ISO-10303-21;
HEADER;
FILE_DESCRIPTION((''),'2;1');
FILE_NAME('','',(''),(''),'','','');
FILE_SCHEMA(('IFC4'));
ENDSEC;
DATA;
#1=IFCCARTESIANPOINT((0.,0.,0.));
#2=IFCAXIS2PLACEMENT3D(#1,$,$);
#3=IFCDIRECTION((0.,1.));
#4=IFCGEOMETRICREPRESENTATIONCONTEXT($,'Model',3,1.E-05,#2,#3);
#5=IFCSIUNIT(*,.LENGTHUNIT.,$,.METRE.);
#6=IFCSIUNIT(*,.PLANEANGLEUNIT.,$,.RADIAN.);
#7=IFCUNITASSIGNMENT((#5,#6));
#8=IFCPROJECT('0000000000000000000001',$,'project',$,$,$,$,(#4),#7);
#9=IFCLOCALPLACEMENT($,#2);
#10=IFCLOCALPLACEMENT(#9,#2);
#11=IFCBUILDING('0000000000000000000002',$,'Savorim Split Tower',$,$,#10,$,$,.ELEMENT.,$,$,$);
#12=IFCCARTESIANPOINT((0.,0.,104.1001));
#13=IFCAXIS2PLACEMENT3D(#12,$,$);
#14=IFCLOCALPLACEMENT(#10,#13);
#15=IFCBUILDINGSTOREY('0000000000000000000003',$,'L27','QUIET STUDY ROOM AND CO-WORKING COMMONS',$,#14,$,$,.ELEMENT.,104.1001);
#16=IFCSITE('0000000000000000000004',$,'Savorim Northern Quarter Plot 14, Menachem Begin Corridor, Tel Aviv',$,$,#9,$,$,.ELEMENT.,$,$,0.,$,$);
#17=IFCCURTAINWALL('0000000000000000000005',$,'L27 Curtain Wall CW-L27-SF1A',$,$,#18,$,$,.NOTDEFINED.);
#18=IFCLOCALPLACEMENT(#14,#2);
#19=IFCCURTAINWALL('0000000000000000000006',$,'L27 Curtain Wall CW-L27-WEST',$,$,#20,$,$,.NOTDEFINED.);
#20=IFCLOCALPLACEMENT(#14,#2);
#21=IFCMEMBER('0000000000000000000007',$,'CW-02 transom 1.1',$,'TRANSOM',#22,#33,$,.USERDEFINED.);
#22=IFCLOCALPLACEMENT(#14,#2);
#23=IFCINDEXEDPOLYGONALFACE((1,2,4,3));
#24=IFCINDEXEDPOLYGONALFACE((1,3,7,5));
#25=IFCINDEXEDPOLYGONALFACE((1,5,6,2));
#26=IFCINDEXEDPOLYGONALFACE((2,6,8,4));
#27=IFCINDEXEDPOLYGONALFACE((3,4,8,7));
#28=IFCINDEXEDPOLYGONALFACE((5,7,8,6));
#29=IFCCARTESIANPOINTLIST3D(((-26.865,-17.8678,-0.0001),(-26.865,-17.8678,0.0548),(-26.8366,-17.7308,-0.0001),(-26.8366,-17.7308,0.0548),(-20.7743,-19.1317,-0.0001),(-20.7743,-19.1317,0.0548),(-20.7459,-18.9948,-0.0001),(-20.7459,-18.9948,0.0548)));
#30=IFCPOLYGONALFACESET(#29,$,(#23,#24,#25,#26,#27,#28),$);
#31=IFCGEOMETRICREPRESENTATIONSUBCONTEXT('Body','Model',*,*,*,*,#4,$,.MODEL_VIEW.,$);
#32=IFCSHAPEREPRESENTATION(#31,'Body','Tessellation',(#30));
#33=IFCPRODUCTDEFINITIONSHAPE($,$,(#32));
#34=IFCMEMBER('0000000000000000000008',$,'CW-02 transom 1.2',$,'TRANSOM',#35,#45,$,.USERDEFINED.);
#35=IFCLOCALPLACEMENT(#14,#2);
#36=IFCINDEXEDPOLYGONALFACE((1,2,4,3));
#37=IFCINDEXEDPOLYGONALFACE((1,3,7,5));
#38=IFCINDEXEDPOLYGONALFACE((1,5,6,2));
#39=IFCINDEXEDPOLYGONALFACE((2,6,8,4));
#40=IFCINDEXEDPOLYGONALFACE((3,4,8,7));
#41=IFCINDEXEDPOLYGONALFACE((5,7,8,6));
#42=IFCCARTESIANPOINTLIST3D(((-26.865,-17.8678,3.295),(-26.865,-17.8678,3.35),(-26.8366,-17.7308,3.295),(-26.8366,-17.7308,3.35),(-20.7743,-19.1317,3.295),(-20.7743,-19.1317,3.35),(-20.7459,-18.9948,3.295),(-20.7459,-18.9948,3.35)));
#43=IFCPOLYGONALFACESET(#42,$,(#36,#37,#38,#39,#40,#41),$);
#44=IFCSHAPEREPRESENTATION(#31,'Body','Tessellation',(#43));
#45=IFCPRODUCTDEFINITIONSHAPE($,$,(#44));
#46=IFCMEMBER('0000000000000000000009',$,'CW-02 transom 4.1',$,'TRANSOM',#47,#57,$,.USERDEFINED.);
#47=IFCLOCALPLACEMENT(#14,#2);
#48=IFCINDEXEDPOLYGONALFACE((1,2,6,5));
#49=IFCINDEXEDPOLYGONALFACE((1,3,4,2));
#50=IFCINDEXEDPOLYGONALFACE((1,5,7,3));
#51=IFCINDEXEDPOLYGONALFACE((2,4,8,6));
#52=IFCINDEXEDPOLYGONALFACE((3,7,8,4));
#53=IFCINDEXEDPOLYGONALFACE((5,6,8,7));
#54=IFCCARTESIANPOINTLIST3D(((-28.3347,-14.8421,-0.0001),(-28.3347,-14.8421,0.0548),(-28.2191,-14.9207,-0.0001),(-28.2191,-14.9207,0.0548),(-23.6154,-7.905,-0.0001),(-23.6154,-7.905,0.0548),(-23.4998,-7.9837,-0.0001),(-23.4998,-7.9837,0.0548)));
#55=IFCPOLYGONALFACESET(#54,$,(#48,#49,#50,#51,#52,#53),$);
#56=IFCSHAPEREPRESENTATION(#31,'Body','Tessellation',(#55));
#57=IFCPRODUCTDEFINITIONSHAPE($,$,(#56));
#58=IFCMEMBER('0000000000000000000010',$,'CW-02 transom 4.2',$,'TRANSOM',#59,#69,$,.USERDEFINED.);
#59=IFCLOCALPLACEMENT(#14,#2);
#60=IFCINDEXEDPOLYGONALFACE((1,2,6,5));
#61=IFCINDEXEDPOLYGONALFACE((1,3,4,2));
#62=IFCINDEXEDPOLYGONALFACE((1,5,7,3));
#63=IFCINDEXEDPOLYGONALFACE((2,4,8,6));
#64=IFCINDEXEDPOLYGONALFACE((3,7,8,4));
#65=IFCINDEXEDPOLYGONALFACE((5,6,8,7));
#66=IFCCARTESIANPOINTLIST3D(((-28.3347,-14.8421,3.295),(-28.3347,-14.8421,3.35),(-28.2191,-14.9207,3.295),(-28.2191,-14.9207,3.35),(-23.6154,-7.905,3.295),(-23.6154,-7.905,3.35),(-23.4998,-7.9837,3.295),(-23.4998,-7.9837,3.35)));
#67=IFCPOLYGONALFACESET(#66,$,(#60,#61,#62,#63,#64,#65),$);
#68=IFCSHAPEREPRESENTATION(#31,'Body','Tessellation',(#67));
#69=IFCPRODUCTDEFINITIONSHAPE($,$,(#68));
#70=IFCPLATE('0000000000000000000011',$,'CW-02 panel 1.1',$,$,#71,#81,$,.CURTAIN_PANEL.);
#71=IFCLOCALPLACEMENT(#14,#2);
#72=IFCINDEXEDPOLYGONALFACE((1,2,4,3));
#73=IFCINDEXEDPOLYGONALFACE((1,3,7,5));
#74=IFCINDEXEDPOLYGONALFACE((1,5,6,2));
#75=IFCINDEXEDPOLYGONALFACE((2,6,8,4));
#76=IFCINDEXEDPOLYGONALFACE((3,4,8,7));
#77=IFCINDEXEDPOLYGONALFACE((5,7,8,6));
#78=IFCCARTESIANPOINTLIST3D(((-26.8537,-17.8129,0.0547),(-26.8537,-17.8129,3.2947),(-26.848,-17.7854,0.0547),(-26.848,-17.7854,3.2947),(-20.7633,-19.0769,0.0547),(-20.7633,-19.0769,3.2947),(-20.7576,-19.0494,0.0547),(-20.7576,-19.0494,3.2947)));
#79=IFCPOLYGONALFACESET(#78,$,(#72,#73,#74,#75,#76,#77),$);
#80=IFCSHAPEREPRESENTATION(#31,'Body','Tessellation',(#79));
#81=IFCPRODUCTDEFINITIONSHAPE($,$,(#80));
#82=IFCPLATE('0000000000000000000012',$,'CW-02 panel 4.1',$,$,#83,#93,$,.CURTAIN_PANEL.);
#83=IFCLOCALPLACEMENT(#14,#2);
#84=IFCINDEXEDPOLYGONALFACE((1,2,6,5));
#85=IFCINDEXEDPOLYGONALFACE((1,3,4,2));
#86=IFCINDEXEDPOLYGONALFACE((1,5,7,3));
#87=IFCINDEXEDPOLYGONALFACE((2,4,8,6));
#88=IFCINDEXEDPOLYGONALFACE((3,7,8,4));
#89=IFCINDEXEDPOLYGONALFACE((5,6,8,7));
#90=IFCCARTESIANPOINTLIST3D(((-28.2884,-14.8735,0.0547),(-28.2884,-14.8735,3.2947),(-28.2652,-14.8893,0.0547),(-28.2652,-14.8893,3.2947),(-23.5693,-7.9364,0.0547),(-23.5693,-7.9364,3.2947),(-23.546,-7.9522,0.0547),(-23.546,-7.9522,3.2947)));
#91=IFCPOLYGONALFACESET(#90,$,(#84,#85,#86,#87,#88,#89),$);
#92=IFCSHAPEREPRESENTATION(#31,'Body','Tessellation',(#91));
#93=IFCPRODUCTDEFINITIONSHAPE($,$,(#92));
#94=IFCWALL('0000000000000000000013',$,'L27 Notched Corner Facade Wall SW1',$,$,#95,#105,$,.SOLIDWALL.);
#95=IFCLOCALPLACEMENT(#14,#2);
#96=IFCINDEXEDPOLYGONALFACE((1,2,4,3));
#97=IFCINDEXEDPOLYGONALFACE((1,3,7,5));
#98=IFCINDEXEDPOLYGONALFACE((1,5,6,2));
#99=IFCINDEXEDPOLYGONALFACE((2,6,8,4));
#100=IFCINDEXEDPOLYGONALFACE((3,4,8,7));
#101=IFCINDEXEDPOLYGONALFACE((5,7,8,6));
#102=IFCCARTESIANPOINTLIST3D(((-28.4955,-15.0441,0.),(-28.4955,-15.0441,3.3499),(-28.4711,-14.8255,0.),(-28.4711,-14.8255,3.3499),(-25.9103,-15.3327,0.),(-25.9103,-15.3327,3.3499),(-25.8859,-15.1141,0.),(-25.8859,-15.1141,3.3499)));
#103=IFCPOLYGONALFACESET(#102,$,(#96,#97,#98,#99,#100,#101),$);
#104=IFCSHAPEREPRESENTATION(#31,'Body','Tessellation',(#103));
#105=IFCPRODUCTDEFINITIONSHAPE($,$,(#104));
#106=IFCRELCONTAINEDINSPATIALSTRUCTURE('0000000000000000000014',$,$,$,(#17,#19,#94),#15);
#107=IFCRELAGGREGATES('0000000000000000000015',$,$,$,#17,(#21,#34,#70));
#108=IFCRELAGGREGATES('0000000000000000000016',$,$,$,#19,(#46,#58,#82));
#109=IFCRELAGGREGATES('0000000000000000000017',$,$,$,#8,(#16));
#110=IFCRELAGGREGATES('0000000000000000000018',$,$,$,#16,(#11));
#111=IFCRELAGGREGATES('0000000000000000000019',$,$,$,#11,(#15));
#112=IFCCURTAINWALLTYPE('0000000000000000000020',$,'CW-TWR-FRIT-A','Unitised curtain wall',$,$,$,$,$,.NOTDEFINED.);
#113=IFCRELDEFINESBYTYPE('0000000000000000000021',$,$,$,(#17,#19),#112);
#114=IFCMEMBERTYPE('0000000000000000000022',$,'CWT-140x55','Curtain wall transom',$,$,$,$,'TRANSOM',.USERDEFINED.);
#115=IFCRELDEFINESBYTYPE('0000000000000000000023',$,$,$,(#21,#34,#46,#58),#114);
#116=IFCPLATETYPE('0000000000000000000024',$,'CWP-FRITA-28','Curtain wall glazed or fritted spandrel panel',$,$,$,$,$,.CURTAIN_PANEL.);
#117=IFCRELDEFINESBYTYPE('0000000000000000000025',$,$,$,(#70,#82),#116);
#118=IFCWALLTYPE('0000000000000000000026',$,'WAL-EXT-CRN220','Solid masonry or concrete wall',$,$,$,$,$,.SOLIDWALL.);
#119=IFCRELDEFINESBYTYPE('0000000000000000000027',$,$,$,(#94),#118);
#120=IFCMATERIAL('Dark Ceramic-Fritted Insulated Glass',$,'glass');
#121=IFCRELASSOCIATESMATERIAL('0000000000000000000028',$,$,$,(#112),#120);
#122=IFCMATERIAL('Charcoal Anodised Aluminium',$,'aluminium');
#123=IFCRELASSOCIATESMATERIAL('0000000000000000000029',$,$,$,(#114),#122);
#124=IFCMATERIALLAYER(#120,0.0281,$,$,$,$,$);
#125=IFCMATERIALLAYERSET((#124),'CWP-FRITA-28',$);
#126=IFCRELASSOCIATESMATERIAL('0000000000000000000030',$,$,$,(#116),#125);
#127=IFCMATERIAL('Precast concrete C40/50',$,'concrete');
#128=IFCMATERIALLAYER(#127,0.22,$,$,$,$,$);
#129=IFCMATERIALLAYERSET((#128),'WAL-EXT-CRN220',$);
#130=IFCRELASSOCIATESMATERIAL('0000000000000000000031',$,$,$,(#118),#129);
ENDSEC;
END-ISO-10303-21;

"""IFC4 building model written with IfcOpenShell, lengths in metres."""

from ifc_helpers import new_model, si_unit, direction, frame, frame_2d, origin, origin_2d, place, context, subcontext, project, spatial, rectangle, extrude, material, layer, layer_set, material_profile, profile_set, type_object, element, aggregate, save


model = new_model("IFC4")

# Units and contexts
model_context = context("Model", 3, precision=1e-05, world=origin(), true_north=direction((0.0, 1.0)))
body_context = subcontext(model_context, "Body", "Model", "MODEL_VIEW")
ifc_project = project(units=[si_unit("LENGTHUNIT", "METRE"), si_unit("PLANEANGLEUNIT", "RADIAN")], contexts=[model_context])

# Site, building, storey
site_placement = place(None, origin())
site = spatial("IfcSite", under=ifc_project, at=site_placement, Name="Savorim Northern Quarter Plot 14, Menachem Begin Corridor, Tel Aviv", CompositionType="ELEMENT", RefElevation=0.0)
building_placement = place(site_placement, origin())
building = spatial("IfcBuilding", under=site, at=building_placement, Name="Savorim Split Tower", CompositionType="ELEMENT")
storey_placement = place(building_placement, frame((0.0, 0.0, 104.1001)))
storey = spatial("IfcBuildingStorey", under=building, at=storey_placement, Name="L27", Description="QUIET STUDY ROOM AND CO-WORKING COMMONS", CompositionType="ELEMENT", Elevation=104.1001)

# Curtain walls
ifc_material_1 = material(Name="Dark Ceramic-Fritted Insulated Glass", Category="glass")
curtain_wall_type_1 = type_object("IfcCurtainWallType", Name="CW-TWR-FRIT-A", Description="Unitised curtain wall", PredefinedType="NOTDEFINED", material=ifc_material_1)
curtain_wall_1_placement = place(storey_placement, origin())
curtain_wall_1 = element("IfcCurtainWall", 1, at=curtain_wall_1_placement, inside=storey, type_object=curtain_wall_type_1, Name="L27 Curtain Wall CW-L27-SF1A", PredefinedType="NOTDEFINED")
ifc_material_2 = material(Name="Charcoal Anodised Aluminium", Category="aluminium")
curtain_wall_2_placement = place(storey_placement, origin())
curtain_wall_2 = element("IfcCurtainWall", 2, at=curtain_wall_2_placement, inside=storey, type_object=curtain_wall_type_1, Name="L27 Curtain Wall CW-L27-WEST", PredefinedType="NOTDEFINED")

# Members
ifc_material_profile_1 = material_profile(ifc_material_2, rectangle(XDim=0.1399, YDim=0.0549, at=origin_2d()), Name="ALU-T 140x55")
ifc_profile_set_1 = profile_set([ifc_material_profile_1], Name="Charcoal Anodised Aluminium")
member_type_1 = type_object("IfcMemberType", Name="CWT-140x55", Description="Curtain wall transom", ElementType="TRANSOM", PredefinedType="USERDEFINED", material=ifc_profile_set_1)
member_1_placement = place(storey_placement, frame((-26.8508, -17.7993, 0.0273), z_axis=(0.979139, -0.203191, 0.0), x_axis=(0.203191, 0.979139, 0.0)))
member_1 = element("IfcMember", 3, at=member_1_placement, type_object=member_type_1, Name="CW-02 transom 1.1", ObjectType="TRANSOM", PredefinedType="USERDEFINED", context=body_context, shape_type="SweptSolid", body=[
    extrude(rectangle(XDim=0.1399, YDim=0.0549, at=origin_2d()), origin(), (0.0, 0.0, 1.0), 6.2205),
])
member_2_placement = place(storey_placement, frame((-26.8508, -17.7993, 3.3225), z_axis=(0.979139, -0.203191, 0.0), x_axis=(0.203191, 0.979139, 0.0)))
member_2 = element("IfcMember", 4, at=member_2_placement, type_object=member_type_1, Name="CW-02 transom 1.2", ObjectType="TRANSOM", PredefinedType="USERDEFINED", context=body_context, shape_type="SweptSolid", body=[
    extrude(rectangle(XDim=0.1399, YDim=0.0549, at=origin_2d()), origin(), (0.0, 0.0, 1.0), 6.2205),
])
member_3_placement = place(storey_placement, frame((-23.5576, -7.9443, 0.0273), z_axis=(-0.562479, -0.826812, 0.0), x_axis=(0.826812, -0.562479, 0.0)))
member_3 = element("IfcMember", 5, at=member_3_placement, type_object=member_type_1, Name="CW-02 transom 4.1", ObjectType="TRANSOM", PredefinedType="USERDEFINED", context=body_context, shape_type="SweptSolid", body=[
    extrude(rectangle(XDim=0.1399, YDim=0.0549, at=origin_2d()), origin(), (0.0, 0.0, 1.0), 8.3901),
])
member_4_placement = place(storey_placement, frame((-23.5576, -7.9443, 3.3225), z_axis=(-0.562479, -0.826812, 0.0), x_axis=(0.826812, -0.562479, 0.0)))
member_4 = element("IfcMember", 6, at=member_4_placement, type_object=member_type_1, Name="CW-02 transom 4.2", ObjectType="TRANSOM", PredefinedType="USERDEFINED", context=body_context, shape_type="SweptSolid", body=[
    extrude(rectangle(XDim=0.1399, YDim=0.0549, at=origin_2d()), origin(), (0.0, 0.0, 1.0), 8.3901),
])

# Plates
ifc_layer_1 = layer(ifc_material_1, 0.0281)
ifc_layer_set_1 = layer_set([ifc_layer_1], Name="CWP-FRITA-28")
plate_type = type_object("IfcPlateType", Name="CWP-FRITA-28", Description="Curtain wall glazed or fritted spandrel panel", PredefinedType="CURTAIN_PANEL", material=ifc_layer_set_1)
plate_1_placement = place(storey_placement, frame((-23.8057, -18.4312, 0.0547), z_axis=(0.0, 0.0, 1.0), x_axis=(0.979133, -0.203218, 0.0)))
plate_1 = element("IfcPlate", 7, at=plate_1_placement, type_object=plate_type, Name="CW-02 panel 1.1", PredefinedType="CURTAIN_PANEL", context=body_context, shape_type="SweptSolid", body=[
    extrude(rectangle(XDim=6.2202, YDim=0.0281, at=origin_2d()), origin(), (0.0, 0.0, 1.0), 3.24),
])
aggregate(curtain_wall_1, [member_1, member_2, plate_1])
plate_2_placement = place(storey_placement, frame((-25.9172, -11.4128, 0.0547), z_axis=(0.0, 0.0, 1.0), x_axis=(-0.562468, -0.826819, 0.0)))
plate_2 = element("IfcPlate", 8, at=plate_2_placement, type_object=plate_type, Name="CW-02 panel 4.1", PredefinedType="CURTAIN_PANEL", context=body_context, shape_type="SweptSolid", body=[
    extrude(rectangle(XDim=8.3901, YDim=0.0281, at=origin_2d()), origin(), (0.0, 0.0, 1.0), 3.24),
])
aggregate(curtain_wall_2, [member_3, member_4, plate_2])

# Wall
ifc_material_3 = material(Name="Precast concrete C40/50", Category="concrete")
ifc_layer_2 = layer(ifc_material_3, 0.22)
ifc_layer_set_2 = layer_set([ifc_layer_2], Name="WAL-EXT-CRN220")
wall_type = type_object("IfcWallType", Name="WAL-EXT-CRN220", Description="Solid masonry or concrete wall", PredefinedType="SOLIDWALL", material=ifc_layer_set_2)
wall_1_placement = place(storey_placement, frame((-25.8979, -15.2234, 0.0), z_axis=(0.0, 0.0, 1.0), x_axis=(-0.993828, 0.110936, 0.0)))
element("IfcWall", 9, at=wall_1_placement, inside=storey, type_object=wall_type, Name="L27 Notched Corner Facade Wall SW1", PredefinedType="SOLIDWALL", context=body_context, shape_type="SweptSolid", body=[
    extrude(rectangle(XDim=2.6013, YDim=0.22, at=frame_2d((1.3008, 0.0))), origin(), (0.0, 0.0, 1.0), 3.3499),
])

save(model, "model.ifc")
